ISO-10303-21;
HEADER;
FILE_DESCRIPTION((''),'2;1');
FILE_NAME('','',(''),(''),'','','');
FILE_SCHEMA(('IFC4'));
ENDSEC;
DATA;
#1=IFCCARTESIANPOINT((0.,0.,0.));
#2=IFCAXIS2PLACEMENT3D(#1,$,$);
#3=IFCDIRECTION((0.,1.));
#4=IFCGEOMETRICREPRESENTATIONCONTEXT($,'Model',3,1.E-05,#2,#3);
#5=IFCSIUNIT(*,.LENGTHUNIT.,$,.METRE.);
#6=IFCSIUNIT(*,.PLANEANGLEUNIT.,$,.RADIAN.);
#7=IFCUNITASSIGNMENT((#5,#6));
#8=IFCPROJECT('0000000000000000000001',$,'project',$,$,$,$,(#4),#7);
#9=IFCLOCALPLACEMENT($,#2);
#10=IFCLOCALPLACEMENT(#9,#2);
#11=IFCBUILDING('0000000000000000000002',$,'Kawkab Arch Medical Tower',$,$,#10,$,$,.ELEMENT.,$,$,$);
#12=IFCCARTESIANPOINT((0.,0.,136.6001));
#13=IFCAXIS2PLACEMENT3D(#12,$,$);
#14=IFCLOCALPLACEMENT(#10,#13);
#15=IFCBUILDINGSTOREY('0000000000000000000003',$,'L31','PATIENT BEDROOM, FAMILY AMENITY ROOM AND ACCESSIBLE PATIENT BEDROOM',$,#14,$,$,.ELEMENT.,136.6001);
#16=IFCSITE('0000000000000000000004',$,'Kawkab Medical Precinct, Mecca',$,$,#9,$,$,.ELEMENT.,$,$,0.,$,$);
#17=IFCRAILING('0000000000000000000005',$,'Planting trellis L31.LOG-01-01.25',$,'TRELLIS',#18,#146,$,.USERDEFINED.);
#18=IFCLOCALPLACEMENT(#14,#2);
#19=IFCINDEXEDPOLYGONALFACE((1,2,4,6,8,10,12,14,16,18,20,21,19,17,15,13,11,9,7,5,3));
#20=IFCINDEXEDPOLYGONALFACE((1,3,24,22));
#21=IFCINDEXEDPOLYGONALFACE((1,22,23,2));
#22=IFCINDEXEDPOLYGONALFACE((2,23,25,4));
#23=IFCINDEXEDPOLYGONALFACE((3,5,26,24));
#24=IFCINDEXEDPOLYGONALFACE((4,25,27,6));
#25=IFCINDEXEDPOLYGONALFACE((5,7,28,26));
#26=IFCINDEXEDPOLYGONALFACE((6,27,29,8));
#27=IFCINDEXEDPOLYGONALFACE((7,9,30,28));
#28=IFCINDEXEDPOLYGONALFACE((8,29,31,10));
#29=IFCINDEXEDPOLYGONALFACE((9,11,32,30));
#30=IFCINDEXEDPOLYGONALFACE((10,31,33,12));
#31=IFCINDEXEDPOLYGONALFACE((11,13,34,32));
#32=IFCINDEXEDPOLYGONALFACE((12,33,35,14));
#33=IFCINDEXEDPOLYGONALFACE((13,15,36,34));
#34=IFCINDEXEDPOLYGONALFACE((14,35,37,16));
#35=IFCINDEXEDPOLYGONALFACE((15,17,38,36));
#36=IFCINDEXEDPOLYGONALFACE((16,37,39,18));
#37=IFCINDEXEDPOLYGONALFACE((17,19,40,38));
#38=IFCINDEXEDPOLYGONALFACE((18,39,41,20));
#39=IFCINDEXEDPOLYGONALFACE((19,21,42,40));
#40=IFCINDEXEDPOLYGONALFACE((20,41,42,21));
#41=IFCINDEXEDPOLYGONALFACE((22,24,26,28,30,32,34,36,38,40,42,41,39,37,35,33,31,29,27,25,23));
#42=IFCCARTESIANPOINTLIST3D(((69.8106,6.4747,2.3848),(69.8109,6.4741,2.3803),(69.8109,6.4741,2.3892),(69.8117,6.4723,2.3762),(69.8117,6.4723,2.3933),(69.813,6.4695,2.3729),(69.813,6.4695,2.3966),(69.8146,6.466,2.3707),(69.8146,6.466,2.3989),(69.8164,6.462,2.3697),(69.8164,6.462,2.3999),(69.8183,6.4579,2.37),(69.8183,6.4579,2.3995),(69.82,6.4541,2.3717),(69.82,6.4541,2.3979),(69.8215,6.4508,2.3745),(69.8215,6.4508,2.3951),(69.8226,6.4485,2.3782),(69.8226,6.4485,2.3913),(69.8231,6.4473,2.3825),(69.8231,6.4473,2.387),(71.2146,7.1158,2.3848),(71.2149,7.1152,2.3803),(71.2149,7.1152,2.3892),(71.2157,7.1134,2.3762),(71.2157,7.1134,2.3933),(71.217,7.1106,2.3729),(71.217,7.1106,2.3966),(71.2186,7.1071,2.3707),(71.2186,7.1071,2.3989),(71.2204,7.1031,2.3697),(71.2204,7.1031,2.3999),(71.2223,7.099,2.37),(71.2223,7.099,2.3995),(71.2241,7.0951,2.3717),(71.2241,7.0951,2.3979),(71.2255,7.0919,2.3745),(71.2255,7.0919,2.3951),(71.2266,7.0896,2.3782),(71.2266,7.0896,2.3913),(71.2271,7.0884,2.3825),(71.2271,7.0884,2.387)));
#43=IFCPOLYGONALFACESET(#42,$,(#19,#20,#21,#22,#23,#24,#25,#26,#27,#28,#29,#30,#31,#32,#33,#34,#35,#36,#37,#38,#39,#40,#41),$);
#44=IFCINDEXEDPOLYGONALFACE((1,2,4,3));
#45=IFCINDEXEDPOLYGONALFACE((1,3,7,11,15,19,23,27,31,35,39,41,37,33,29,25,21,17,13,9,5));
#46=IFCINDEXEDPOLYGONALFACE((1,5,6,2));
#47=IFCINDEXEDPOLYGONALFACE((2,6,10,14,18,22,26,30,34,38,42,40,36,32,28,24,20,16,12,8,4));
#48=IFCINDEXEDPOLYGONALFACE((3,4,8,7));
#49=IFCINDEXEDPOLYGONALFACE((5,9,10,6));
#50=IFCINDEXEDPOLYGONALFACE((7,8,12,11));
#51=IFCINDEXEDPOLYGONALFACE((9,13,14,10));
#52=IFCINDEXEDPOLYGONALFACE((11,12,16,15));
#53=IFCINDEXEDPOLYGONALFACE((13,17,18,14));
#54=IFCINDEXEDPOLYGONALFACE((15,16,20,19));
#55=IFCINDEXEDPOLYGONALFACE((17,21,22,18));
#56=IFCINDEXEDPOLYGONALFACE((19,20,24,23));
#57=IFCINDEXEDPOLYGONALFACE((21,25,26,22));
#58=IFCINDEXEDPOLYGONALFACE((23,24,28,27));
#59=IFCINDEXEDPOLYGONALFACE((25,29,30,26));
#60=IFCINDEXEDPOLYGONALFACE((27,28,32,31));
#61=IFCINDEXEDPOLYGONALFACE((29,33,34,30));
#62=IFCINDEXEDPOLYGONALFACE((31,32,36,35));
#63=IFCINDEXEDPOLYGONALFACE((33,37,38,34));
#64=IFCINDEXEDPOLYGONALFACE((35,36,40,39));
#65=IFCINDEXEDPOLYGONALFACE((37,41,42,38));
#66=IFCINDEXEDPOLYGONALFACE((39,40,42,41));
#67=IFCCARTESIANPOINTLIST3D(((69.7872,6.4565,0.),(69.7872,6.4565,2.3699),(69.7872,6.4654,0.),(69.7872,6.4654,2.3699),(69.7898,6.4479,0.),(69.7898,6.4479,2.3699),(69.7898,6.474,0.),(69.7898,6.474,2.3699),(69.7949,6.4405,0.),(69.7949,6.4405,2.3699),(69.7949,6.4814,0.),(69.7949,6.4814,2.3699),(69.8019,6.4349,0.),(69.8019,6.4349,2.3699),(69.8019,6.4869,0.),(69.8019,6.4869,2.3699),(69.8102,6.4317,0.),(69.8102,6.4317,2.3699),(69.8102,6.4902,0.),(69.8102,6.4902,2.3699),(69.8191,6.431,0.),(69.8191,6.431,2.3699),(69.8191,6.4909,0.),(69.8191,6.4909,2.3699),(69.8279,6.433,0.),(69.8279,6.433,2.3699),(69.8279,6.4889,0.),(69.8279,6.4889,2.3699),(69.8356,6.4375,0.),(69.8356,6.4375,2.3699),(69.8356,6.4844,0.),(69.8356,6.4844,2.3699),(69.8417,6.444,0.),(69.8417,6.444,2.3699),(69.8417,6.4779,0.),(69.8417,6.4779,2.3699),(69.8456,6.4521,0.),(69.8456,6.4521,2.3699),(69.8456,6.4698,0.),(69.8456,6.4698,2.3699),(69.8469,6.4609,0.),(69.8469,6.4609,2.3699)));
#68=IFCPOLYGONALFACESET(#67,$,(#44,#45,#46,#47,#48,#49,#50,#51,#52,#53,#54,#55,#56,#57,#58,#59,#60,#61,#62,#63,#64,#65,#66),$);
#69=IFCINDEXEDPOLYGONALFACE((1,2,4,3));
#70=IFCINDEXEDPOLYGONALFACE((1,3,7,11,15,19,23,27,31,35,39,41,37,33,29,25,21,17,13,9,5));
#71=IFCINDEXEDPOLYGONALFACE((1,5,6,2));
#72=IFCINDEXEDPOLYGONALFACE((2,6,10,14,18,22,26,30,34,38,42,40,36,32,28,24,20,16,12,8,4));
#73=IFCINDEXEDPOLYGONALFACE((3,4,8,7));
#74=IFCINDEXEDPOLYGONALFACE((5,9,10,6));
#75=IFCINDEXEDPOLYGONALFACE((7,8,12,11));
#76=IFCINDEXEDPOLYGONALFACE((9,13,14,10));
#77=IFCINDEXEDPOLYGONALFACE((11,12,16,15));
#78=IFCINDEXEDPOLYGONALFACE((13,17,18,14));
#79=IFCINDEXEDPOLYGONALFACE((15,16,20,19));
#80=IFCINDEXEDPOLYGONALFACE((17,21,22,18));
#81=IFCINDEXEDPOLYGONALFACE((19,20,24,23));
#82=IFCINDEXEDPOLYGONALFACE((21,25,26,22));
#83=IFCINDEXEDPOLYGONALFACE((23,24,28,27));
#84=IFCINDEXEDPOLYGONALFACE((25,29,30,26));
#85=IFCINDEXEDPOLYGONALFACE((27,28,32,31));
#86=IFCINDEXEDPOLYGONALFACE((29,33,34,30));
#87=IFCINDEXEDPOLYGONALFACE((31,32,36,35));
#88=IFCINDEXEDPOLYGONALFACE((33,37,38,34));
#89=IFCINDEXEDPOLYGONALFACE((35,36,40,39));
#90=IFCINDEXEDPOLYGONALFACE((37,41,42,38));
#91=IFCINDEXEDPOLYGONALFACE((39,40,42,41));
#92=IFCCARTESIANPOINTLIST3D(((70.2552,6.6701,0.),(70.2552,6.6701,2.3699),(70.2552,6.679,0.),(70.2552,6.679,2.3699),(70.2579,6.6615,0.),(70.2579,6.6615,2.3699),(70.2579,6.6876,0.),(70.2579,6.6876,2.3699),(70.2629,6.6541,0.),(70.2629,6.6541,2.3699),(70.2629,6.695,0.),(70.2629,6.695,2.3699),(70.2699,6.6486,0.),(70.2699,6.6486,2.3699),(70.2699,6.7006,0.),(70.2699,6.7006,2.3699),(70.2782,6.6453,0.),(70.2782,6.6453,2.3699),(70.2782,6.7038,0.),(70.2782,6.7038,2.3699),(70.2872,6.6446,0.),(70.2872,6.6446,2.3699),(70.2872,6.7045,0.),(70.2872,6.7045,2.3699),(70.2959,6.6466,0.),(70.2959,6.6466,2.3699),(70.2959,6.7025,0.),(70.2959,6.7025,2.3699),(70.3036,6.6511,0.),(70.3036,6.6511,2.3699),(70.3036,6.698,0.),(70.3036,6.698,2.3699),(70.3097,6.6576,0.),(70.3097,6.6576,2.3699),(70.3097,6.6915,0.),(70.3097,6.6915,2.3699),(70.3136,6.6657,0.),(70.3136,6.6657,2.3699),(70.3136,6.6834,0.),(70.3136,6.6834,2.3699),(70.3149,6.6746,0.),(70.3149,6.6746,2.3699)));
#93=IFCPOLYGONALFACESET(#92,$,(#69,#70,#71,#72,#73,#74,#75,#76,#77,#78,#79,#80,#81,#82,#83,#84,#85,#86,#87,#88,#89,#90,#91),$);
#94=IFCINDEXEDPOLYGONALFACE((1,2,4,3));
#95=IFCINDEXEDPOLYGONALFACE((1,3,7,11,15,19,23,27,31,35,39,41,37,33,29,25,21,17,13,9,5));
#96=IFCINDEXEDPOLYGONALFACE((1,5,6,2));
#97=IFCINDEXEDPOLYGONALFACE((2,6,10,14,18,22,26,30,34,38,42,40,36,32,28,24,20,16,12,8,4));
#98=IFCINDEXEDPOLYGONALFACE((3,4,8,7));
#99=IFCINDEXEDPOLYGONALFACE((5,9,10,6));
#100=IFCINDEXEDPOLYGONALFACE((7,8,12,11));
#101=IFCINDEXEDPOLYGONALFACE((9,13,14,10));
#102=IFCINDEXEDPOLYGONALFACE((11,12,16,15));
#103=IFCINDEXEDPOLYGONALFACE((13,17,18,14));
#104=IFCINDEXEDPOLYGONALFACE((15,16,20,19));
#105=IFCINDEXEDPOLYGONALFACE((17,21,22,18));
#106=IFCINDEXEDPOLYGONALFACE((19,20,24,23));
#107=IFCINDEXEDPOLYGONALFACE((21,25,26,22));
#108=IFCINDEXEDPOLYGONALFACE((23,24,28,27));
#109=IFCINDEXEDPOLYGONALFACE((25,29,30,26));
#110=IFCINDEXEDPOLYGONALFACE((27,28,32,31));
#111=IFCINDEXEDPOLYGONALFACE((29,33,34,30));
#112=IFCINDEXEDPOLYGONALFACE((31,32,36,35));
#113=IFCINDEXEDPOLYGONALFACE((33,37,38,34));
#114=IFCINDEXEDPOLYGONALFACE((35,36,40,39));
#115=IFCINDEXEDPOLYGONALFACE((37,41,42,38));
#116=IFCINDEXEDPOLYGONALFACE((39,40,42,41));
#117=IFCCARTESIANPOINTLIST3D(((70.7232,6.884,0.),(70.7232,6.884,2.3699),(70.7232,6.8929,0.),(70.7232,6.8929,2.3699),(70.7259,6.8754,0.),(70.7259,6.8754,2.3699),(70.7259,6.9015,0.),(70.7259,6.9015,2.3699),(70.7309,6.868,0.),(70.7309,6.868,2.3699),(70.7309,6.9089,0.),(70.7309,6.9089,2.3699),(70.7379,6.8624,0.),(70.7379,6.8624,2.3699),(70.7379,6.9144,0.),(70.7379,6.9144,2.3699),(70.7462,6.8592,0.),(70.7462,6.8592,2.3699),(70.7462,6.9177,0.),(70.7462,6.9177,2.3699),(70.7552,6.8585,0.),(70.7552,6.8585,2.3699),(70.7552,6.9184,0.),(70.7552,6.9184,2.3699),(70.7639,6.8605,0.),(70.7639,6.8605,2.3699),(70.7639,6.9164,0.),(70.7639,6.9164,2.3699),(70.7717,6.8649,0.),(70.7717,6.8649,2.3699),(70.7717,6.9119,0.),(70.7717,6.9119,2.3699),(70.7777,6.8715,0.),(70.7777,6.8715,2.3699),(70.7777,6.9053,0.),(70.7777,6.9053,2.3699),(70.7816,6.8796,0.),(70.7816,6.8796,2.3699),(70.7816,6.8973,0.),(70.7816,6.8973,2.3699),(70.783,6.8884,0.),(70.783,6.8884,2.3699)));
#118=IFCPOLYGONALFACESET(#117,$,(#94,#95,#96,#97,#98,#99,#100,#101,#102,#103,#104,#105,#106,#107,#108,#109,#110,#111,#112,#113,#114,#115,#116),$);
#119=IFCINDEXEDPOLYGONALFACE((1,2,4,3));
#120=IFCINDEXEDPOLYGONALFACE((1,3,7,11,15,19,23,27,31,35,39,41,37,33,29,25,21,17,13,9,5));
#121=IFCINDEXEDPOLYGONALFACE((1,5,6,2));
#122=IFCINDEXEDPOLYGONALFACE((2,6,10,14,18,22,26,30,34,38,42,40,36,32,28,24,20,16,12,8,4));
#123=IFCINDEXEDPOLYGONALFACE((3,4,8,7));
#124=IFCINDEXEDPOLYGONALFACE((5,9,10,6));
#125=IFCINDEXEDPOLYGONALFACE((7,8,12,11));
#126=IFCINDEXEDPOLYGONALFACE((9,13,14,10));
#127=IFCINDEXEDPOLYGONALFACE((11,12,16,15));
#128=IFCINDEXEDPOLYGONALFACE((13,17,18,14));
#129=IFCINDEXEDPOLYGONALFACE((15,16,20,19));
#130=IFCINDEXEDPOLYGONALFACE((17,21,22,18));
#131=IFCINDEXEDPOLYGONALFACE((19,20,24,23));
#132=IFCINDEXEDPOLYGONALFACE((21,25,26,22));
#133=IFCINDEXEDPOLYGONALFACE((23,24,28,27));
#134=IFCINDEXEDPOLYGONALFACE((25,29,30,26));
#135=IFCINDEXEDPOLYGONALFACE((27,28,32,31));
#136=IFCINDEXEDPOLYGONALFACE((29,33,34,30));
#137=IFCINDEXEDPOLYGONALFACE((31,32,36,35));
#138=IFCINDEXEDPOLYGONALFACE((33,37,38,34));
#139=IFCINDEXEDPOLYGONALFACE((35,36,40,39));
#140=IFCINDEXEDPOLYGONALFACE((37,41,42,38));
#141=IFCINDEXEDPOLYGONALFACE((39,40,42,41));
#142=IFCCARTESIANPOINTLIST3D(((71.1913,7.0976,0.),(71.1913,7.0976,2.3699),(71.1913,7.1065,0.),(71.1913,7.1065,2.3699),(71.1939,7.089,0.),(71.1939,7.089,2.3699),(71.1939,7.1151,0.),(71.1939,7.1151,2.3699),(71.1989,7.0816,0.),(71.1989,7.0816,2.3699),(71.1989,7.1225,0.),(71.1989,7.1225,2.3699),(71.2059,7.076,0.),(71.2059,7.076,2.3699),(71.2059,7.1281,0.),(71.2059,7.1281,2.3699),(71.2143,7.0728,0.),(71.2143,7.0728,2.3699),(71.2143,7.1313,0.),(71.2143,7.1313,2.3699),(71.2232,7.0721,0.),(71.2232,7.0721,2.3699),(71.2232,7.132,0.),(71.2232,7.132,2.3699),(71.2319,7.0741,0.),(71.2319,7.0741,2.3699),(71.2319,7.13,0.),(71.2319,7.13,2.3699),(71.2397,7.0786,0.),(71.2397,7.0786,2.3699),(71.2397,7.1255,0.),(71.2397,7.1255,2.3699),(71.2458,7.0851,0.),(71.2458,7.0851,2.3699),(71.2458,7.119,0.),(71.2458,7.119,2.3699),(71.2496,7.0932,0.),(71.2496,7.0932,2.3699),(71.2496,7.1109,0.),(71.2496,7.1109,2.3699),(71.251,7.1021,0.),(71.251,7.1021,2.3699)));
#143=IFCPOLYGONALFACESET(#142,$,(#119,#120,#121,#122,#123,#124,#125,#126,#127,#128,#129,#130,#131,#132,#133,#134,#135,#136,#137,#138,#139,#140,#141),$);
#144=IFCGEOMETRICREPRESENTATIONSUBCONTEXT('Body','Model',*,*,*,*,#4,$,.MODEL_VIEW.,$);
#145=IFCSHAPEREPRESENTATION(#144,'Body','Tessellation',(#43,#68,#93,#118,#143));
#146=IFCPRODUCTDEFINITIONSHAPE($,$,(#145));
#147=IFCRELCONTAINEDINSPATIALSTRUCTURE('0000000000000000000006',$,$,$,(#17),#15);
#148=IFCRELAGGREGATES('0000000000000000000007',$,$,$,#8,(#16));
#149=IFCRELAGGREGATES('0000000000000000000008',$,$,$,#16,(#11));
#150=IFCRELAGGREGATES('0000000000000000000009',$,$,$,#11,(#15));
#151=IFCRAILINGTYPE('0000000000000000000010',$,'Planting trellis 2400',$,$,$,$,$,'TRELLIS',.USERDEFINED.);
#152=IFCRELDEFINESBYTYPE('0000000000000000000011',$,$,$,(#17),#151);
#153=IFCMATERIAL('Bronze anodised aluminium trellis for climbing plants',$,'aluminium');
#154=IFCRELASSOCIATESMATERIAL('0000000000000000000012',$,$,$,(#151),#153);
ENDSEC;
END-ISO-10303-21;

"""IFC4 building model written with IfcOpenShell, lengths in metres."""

from ifc_helpers import new_model, si_unit, direction, frame, origin, origin_2d, place, context, subcontext, project, spatial, circle, extrude, material, type_object, element, save


model = new_model("IFC4")

# Units and contexts
model_context = context("Model", 3, precision=1e-05, world=origin(), true_north=direction((0.0, 1.0)))
body_context = subcontext(model_context, "Body", "Model", "MODEL_VIEW")
ifc_project = project(units=[si_unit("LENGTHUNIT", "METRE"), si_unit("PLANEANGLEUNIT", "RADIAN")], contexts=[model_context])

# Site, building, storey
site_placement = place(None, origin())
site = spatial("IfcSite", under=ifc_project, at=site_placement, Name="Kawkab Medical Precinct, Mecca", CompositionType="ELEMENT", RefElevation=0.0)
building_placement = place(site_placement, origin())
building = spatial("IfcBuilding", under=site, at=building_placement, Name="Kawkab Arch Medical Tower", CompositionType="ELEMENT")
storey_placement = place(building_placement, frame((0.0, 0.0, 136.6001)))
storey = spatial("IfcBuildingStorey", under=building, at=storey_placement, Name="L31", Description="PATIENT BEDROOM, FAMILY AMENITY ROOM AND ACCESSIBLE PATIENT BEDROOM", CompositionType="ELEMENT", Elevation=136.6001)

# Railing
ifc_material_1 = material(Name="Bronze anodised aluminium trellis for climbing plants", Category="aluminium")
railing_type = type_object("IfcRailingType", Name="Planting trellis 2400", ElementType="TRELLIS", PredefinedType="USERDEFINED", material=ifc_material_1)
railing_1_placement = place(storey_placement, frame((69.8169, 6.4609, 0.0)))
element("IfcRailing", 1, at=railing_1_placement, inside=storey, type_object=railing_type, Name="Planting trellis L31.LOG-01-01.25", ObjectType="TRELLIS", PredefinedType="USERDEFINED", context=body_context, shape_type="SweptSolid", body=[
    extrude(circle(Radius=0.0151, at=origin_2d()), frame((0.0, 0.0, 2.3848), z_axis=(0.909656, 0.415363, 0.0), x_axis=(-0.415363, 0.909656, 0.0)), (0.0, 0.0, 1.0), 1.5435),
    extrude(circle(Radius=0.03, at=origin_2d()), origin(), (0.0, 0.0, 1.0), 2.3699),
    extrude(circle(Radius=0.03, at=origin_2d()), frame((0.468, 0.2136, 0.0)), (0.0, 0.0, 1.0), 2.3699),
    extrude(circle(Radius=0.03, at=origin_2d()), frame((0.936, 0.4275, 0.0)), (0.0, 0.0, 1.0), 2.3699),
    extrude(circle(Radius=0.03, at=origin_2d()), frame((1.4041, 0.6411, 0.0)), (0.0, 0.0, 1.0), 2.3699),
])

save(model, "model.ifc")
